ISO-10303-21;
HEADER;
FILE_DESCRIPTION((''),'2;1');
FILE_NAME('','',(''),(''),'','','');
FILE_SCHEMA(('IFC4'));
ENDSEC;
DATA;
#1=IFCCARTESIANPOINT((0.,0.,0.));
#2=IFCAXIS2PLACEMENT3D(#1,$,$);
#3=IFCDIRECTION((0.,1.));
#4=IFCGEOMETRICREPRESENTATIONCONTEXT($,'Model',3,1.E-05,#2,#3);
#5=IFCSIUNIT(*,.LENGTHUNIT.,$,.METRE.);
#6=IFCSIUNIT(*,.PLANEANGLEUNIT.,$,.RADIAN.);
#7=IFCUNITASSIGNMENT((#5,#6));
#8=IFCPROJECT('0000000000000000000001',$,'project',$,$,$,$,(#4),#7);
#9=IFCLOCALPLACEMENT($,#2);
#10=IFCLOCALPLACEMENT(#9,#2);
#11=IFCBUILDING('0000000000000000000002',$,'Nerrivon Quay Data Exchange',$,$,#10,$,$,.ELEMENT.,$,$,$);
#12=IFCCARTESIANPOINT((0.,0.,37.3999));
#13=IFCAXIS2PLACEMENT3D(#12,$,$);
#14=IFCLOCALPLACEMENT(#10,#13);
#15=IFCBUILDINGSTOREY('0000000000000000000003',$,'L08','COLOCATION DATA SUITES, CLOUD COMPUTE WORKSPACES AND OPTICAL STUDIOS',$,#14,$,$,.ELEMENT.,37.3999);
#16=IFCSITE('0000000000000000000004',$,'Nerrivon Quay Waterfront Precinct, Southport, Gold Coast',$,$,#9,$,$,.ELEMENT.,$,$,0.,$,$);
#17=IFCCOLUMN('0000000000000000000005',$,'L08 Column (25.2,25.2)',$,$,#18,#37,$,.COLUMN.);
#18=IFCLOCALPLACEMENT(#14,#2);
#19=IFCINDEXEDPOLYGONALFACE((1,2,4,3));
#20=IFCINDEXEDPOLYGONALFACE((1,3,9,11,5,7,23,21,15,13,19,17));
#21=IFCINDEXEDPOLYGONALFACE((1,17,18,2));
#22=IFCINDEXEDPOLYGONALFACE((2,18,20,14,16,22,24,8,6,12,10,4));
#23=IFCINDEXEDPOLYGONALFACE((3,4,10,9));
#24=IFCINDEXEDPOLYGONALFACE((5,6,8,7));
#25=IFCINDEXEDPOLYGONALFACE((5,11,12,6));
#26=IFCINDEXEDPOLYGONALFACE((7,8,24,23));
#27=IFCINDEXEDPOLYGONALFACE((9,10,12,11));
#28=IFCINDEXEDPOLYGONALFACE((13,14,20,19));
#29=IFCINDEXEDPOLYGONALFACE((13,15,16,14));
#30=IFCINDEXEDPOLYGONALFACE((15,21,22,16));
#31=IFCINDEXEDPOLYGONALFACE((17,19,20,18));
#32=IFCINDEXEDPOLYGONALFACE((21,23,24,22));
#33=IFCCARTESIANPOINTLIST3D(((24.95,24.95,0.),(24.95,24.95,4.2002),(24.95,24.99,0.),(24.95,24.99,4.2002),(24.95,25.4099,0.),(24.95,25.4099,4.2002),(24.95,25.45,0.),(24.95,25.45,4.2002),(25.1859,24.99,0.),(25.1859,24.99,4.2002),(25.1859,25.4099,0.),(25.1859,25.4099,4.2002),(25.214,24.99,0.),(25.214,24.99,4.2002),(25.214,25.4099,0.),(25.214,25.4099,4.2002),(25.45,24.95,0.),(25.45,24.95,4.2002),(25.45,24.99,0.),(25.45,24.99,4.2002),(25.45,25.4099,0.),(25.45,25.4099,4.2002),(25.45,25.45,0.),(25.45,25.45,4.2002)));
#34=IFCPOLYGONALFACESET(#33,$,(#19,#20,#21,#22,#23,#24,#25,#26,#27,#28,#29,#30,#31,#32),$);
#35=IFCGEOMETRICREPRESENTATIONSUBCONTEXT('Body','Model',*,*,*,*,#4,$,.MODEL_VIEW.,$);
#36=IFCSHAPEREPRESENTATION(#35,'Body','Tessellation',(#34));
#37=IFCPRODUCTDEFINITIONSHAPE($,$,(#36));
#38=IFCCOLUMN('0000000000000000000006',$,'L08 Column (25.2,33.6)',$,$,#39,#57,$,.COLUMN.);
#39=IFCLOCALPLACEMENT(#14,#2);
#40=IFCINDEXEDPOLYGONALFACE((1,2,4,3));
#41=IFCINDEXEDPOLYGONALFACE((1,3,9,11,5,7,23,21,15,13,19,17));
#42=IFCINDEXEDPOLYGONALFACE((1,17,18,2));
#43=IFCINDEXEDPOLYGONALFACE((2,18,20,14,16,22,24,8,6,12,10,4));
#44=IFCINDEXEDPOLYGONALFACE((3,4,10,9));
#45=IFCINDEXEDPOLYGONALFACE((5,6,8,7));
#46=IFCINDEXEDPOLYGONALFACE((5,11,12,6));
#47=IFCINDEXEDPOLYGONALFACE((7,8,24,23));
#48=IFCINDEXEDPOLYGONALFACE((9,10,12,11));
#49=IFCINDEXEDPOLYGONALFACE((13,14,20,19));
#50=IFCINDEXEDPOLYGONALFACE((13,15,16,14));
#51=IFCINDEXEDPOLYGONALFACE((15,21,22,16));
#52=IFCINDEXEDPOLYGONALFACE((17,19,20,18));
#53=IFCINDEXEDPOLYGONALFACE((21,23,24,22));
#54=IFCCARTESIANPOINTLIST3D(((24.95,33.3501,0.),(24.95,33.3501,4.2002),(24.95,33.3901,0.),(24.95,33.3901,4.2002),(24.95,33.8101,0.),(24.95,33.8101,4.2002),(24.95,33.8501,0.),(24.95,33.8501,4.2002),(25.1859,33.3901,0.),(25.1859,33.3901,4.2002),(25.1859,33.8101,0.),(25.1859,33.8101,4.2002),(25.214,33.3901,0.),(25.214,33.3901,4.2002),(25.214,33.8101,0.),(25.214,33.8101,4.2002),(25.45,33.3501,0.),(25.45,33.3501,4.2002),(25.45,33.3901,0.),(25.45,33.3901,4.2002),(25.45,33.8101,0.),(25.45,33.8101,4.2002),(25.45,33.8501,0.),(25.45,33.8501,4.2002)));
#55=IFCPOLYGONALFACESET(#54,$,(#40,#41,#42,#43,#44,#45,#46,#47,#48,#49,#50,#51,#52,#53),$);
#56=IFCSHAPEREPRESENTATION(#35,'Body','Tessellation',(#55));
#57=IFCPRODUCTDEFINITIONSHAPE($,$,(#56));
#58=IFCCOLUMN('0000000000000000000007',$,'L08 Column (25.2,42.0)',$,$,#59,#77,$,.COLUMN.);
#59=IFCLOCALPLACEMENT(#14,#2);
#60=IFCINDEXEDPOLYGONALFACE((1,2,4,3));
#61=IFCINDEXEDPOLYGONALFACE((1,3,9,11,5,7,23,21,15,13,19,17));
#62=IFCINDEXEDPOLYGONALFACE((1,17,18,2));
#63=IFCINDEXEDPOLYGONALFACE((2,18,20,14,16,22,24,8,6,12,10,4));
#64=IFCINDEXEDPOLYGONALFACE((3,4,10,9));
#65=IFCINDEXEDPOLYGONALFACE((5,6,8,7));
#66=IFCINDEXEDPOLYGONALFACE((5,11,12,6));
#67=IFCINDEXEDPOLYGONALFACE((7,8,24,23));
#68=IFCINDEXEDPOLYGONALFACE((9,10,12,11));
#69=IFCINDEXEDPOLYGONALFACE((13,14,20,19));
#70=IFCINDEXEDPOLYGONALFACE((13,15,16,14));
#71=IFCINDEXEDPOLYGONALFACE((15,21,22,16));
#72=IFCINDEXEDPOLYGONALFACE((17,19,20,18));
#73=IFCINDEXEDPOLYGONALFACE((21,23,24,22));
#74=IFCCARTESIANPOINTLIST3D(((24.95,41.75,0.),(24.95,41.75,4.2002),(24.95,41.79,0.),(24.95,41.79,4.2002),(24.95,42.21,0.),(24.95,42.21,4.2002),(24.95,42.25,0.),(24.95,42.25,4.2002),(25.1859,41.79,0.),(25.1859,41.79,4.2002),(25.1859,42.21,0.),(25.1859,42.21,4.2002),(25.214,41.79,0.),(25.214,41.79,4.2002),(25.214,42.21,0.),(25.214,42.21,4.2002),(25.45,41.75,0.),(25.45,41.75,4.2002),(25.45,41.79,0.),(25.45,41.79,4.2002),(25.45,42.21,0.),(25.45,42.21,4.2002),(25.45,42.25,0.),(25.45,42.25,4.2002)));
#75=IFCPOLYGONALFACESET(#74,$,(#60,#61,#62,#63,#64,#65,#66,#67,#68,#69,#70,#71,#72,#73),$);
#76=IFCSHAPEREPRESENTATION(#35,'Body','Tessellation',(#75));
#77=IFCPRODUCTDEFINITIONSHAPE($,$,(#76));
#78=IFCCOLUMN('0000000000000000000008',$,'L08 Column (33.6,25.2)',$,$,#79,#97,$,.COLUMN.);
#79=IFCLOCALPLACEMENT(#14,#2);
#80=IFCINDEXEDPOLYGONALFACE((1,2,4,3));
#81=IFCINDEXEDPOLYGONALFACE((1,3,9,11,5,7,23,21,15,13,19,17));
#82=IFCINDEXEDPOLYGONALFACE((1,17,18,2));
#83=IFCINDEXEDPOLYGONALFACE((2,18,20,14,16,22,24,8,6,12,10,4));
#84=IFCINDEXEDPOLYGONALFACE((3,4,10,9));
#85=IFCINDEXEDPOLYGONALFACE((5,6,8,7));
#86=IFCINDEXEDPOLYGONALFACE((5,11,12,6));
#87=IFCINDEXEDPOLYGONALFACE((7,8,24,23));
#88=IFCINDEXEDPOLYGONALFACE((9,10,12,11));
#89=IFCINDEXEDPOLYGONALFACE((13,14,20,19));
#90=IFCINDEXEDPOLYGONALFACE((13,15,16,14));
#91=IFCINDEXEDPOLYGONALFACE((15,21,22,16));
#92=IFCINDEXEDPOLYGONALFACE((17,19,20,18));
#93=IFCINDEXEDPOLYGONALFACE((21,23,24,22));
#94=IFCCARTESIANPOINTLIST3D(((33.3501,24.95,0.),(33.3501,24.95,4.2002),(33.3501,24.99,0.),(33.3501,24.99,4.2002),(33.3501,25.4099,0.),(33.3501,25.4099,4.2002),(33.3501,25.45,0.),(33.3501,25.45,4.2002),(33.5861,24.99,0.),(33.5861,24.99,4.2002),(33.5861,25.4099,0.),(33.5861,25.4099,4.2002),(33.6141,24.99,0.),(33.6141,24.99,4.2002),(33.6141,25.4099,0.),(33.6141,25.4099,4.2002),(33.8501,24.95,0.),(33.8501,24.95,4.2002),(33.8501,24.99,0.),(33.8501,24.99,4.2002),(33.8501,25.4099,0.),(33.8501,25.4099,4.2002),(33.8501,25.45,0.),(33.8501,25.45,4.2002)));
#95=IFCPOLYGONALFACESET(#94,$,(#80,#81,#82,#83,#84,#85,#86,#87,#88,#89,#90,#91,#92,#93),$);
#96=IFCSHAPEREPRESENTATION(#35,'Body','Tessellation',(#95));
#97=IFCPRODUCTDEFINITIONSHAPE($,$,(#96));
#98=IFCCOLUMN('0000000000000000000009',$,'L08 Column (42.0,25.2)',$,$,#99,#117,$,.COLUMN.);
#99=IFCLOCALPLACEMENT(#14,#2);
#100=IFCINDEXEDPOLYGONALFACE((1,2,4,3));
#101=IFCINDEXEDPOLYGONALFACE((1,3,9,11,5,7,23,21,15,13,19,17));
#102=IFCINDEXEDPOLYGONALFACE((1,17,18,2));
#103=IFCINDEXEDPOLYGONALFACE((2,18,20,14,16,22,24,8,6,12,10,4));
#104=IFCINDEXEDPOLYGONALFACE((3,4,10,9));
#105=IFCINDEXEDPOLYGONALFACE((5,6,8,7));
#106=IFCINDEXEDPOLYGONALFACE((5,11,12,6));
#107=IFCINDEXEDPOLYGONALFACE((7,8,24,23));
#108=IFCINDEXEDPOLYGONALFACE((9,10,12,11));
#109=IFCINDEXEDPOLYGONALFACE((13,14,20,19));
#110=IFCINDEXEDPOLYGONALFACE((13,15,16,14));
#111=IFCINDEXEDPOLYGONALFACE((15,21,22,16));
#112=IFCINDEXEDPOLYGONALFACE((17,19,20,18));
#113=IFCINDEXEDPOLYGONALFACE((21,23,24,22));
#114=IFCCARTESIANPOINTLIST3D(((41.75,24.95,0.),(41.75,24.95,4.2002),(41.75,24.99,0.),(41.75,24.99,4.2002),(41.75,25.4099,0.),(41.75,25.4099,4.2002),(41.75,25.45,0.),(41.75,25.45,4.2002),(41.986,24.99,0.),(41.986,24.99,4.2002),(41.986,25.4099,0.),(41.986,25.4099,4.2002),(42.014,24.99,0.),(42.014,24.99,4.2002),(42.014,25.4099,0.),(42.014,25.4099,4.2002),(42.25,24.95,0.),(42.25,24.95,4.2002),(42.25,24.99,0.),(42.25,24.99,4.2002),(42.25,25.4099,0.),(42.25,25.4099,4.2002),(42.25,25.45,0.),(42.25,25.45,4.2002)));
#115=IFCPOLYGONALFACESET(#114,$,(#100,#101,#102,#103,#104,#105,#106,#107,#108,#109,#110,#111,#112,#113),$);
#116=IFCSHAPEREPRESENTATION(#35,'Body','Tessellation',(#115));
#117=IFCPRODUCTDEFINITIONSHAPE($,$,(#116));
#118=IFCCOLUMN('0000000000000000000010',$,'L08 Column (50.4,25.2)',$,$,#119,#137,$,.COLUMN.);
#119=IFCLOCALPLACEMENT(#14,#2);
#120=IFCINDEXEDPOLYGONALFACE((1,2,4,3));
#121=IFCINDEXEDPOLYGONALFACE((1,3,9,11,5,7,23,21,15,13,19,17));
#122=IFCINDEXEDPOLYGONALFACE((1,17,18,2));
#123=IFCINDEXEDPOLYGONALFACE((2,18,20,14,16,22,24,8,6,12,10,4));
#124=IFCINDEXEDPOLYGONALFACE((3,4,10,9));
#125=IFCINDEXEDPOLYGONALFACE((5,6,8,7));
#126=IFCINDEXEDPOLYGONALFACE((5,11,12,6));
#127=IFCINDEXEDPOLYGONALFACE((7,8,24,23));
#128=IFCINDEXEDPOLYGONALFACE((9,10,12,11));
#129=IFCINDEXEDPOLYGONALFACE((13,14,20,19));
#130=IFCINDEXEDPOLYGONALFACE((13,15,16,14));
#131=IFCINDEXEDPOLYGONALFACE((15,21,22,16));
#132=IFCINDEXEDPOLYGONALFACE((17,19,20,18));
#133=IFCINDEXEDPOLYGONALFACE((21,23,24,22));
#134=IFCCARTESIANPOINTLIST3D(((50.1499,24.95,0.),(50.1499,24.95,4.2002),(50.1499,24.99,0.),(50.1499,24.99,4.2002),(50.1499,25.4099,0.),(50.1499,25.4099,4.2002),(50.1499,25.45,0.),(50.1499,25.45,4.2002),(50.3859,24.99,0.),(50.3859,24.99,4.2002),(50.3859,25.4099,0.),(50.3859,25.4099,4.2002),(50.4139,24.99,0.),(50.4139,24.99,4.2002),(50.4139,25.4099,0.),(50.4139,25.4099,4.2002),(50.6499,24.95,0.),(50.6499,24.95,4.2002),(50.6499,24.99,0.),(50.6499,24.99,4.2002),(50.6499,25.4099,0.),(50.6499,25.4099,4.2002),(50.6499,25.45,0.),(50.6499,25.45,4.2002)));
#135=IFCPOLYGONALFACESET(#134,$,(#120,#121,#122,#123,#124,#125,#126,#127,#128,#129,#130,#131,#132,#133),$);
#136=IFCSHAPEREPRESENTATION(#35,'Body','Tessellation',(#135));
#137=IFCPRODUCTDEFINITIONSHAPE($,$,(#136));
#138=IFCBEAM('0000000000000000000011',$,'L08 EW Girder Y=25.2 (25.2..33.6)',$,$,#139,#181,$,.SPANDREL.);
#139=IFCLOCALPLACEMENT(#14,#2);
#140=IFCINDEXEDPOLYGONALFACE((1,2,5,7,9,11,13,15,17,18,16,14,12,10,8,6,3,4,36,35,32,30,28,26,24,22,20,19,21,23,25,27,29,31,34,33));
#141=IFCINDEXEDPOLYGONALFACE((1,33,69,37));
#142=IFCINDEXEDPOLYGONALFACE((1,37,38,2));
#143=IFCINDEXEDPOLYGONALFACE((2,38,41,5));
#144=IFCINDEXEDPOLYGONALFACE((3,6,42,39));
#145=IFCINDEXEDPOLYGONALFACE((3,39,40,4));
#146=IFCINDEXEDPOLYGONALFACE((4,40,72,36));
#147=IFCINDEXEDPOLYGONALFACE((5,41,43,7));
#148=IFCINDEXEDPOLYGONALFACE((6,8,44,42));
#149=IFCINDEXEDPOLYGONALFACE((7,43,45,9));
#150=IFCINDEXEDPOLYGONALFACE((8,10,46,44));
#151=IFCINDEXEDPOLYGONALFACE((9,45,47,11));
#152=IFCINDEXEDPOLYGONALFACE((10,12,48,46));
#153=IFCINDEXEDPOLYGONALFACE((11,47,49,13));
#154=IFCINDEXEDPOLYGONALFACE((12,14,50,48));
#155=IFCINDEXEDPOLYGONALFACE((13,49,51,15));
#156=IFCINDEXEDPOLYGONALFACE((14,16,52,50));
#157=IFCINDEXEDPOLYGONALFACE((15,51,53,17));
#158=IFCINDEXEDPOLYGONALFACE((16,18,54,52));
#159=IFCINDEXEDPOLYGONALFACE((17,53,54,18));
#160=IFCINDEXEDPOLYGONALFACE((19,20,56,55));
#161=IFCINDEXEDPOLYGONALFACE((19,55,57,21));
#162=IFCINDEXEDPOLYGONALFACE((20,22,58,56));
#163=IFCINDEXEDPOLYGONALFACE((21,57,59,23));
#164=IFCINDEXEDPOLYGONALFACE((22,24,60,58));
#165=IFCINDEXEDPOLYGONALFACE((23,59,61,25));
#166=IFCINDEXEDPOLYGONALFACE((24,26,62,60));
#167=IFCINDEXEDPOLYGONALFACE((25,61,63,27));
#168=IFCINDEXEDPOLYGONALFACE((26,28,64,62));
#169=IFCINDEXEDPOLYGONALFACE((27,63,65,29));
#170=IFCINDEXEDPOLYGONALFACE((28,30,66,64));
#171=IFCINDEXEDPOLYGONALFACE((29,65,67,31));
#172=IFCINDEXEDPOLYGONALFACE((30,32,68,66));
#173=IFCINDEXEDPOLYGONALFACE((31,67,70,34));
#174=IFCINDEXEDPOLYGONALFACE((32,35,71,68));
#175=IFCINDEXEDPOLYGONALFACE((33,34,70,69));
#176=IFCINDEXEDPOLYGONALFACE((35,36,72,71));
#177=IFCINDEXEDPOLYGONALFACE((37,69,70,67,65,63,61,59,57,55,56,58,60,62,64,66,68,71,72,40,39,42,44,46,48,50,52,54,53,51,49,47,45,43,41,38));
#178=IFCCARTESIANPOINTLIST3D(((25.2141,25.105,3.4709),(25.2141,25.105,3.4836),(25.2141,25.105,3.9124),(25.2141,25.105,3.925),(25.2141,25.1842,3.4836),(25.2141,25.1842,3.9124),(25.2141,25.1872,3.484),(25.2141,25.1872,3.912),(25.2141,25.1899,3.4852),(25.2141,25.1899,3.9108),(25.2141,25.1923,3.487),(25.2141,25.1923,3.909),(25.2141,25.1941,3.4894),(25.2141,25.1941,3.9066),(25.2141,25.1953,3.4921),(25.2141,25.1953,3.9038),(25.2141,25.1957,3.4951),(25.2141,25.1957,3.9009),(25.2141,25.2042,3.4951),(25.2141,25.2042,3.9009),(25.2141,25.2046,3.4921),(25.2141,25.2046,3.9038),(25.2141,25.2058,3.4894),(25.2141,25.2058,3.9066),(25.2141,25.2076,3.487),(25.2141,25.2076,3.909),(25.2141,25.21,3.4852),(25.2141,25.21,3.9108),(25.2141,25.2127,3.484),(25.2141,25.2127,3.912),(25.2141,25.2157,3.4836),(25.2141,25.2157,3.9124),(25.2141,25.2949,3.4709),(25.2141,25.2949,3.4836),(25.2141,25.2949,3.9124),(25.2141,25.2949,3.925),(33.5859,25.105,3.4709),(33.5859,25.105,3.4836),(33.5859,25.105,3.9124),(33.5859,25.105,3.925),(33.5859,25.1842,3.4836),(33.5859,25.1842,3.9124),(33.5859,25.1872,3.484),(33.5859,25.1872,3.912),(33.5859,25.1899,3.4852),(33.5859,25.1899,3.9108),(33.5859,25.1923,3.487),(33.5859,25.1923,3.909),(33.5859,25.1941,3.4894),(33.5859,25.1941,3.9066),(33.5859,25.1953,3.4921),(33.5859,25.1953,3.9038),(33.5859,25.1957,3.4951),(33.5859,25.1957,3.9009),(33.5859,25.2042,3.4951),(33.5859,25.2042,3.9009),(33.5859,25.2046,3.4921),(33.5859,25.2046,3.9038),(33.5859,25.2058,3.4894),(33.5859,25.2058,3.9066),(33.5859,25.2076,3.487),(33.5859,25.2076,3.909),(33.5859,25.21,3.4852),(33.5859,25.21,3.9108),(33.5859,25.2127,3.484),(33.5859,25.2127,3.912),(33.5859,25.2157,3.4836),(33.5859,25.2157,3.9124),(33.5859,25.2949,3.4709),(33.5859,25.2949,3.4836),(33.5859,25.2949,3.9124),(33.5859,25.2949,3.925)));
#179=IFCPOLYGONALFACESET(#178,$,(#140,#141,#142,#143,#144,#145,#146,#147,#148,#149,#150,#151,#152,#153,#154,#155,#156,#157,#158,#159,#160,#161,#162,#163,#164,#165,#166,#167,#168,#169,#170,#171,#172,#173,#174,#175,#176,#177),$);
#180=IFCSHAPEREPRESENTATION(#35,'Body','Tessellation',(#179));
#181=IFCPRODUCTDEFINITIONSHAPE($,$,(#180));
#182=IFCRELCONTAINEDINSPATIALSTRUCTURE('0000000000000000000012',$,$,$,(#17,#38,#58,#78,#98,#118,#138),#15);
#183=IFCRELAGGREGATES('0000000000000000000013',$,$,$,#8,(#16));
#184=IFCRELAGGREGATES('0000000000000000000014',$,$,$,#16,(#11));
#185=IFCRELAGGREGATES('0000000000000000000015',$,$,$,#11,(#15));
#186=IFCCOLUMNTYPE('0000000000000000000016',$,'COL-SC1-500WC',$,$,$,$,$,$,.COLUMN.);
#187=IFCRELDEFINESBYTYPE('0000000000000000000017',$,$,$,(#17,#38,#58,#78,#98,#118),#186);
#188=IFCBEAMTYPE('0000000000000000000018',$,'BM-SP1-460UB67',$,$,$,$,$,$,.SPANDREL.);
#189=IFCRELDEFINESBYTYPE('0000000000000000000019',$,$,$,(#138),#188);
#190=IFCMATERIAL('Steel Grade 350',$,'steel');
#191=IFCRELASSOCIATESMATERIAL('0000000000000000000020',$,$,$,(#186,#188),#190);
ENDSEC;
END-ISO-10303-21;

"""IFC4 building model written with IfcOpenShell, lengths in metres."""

from ifc_helpers import new_model, si_unit, direction, frame, origin, origin_2d, place, context, subcontext, project, spatial, i_section, extrude, material, material_profile, profile_set, type_object, element, save


model = new_model("IFC4")

# Units and contexts
model_context = context("Model", 3, precision=1e-05, world=origin(), true_north=direction((0.0, 1.0)))
body_context = subcontext(model_context, "Body", "Model", "MODEL_VIEW")
ifc_project = project(units=[si_unit("LENGTHUNIT", "METRE"), si_unit("PLANEANGLEUNIT", "RADIAN")], contexts=[model_context])

# Site, building, storey
site_placement = place(None, origin())
site = spatial("IfcSite", under=ifc_project, at=site_placement, Name="Nerrivon Quay Waterfront Precinct, Southport, Gold Coast", CompositionType="ELEMENT", RefElevation=0.0)
building_placement = place(site_placement, origin())
building = spatial("IfcBuilding", under=site, at=building_placement, Name="Nerrivon Quay Data Exchange", CompositionType="ELEMENT")
storey_placement = place(building_placement, frame((0.0, 0.0, 37.3999)))
storey = spatial("IfcBuildingStorey", under=building, at=storey_placement, Name="L08", Description="COLOCATION DATA SUITES, CLOUD COMPUTE WORKSPACES AND OPTICAL STUDIOS", CompositionType="ELEMENT", Elevation=37.3999)

# Columns
ifc_material_1 = material(Name="Steel Grade 350", Category="steel")
ifc_material_profile_1 = material_profile(ifc_material_1, i_section(OverallWidth=0.5, OverallDepth=0.5, WebThickness=0.0281, FlangeThickness=0.04, at=origin_2d()), Name="500WC440")
ifc_profile_set_1 = profile_set([ifc_material_profile_1], Name="Steel Grade 350")
column_type = type_object("IfcColumnType", Name="COL-SC1-500WC", PredefinedType="COLUMN", material=ifc_profile_set_1)
for number, where, z_axis, x_axis, name in (
    (1, (25.2, 25.2, 0.0), (0.0, 0.0, 1.0), (1.0, 0.0, 0.0), "L08 Column (25.2,25.2)"),
    (2, (25.2, 33.6001, 0.0), (0.0, 0.0, 1.0), (1.0, 0.0, 0.0), "L08 Column (25.2,33.6)"),
    (3, (25.2, 42.0, 0.0), (0.0, 0.0, 1.0), (1.0, 0.0, 0.0), "L08 Column (25.2,42.0)"),
    (4, (33.6001, 25.2, 0.0), (0.0, 0.0, 1.0), (1.0, 0.0, 0.0), "L08 Column (33.6,25.2)"),
    (5, (42.0, 25.2, 0.0), (0.0, 0.0, 1.0), (1.0, 0.0, 0.0), "L08 Column (42.0,25.2)"),
    (6, (50.3999, 25.2, 0.0), (0.0, 0.0, 1.0), (1.0, 0.0, 0.0), "L08 Column (50.4,25.2)"),
):
    element("IfcColumn", number, at=place(storey_placement, frame(where, z_axis=z_axis, x_axis=x_axis)), inside=storey, type_object=column_type, Name=name, PredefinedType="COLUMN", context=body_context, shape_type="SweptSolid", body=[
        extrude(i_section(OverallWidth=0.5, OverallDepth=0.5, WebThickness=0.0281, FlangeThickness=0.04, at=origin_2d()), origin(), (0.0, 0.0, 1.0), 4.2002),
    ])

# Beam
ifc_material_profile_2 = material_profile(ifc_material_1, i_section(OverallWidth=0.1899, OverallDepth=0.4541, WebThickness=0.0085, FlangeThickness=0.0127, FilletRadius=0.0115, at=origin_2d()), Name="460UB67.1")
ifc_profile_set_2 = profile_set([ifc_material_profile_2], Name="Steel Grade 350")
beam_type = type_object("IfcBeamType", Name="BM-SP1-460UB67", PredefinedType="SPANDREL", material=ifc_profile_set_2)
beam_1_placement = place(storey_placement, frame((25.2141, 25.2, 3.698), z_axis=(1.0, 0.0, 0.0), x_axis=(0.0, 1.0, 0.0)))
element("IfcBeam", 7, at=beam_1_placement, inside=storey, type_object=beam_type, Name="L08 EW Girder Y=25.2 (25.2..33.6)", PredefinedType="SPANDREL", context=body_context, shape_type="SweptSolid", body=[
    extrude(i_section(OverallWidth=0.1899, OverallDepth=0.4541, WebThickness=0.0085, FlangeThickness=0.0127, FilletRadius=0.0115, at=origin_2d()), origin(), (0.0, 0.0, 1.0), 8.3718),
])

save(model, "model.ifc")
